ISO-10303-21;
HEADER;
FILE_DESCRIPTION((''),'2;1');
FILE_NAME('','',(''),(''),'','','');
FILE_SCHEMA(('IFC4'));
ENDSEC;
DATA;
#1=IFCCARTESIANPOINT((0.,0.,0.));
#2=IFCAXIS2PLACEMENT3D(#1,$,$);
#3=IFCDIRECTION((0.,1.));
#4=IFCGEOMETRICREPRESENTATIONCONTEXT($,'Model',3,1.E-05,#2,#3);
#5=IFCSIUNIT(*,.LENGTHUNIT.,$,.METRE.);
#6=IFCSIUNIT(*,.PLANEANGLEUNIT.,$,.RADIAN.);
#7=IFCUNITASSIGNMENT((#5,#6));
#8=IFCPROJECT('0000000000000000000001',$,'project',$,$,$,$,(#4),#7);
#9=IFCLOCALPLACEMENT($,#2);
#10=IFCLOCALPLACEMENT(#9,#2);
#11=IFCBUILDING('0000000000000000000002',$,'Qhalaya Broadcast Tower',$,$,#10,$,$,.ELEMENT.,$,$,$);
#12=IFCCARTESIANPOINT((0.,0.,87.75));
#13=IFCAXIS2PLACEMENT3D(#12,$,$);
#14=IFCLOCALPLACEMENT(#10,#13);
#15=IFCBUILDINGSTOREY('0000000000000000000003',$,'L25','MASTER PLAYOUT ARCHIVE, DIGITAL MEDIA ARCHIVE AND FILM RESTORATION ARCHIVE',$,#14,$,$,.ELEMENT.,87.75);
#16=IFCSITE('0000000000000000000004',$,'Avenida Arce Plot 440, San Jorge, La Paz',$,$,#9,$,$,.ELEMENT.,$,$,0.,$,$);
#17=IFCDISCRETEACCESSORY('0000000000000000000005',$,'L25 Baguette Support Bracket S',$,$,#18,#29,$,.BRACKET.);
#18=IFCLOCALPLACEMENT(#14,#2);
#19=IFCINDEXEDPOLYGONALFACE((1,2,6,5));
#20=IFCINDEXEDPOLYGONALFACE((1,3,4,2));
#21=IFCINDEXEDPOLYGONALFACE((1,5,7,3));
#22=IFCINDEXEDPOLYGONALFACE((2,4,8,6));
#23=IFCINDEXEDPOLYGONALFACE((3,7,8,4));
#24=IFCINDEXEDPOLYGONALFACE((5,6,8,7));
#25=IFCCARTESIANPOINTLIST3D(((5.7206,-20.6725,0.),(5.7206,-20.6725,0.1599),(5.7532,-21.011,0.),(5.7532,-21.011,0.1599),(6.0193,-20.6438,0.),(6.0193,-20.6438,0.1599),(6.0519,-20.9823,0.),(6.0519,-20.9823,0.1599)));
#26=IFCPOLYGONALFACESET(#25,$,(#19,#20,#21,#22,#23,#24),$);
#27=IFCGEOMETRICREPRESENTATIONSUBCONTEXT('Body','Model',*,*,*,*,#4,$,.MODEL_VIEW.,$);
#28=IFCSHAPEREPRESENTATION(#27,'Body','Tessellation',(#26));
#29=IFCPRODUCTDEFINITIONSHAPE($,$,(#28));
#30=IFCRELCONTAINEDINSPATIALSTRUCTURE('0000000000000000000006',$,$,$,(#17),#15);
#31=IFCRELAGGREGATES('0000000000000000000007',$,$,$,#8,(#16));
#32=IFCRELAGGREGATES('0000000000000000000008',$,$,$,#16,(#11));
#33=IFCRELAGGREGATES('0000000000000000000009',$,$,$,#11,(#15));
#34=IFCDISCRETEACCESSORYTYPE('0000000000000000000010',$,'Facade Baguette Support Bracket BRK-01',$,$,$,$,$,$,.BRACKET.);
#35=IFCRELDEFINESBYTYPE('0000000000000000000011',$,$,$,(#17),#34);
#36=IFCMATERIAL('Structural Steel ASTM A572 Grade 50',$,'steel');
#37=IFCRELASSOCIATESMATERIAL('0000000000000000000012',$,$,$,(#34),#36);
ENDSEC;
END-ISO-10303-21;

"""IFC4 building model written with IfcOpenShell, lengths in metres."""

from ifc_helpers import new_model, si_unit, direction, frame, origin, origin_2d, place, context, subcontext, project, spatial, rectangle, extrude, material, type_object, element, save


model = new_model("IFC4")

# Units and contexts
model_context = context("Model", 3, precision=1e-05, world=origin(), true_north=direction((0.0, 1.0)))
body_context = subcontext(model_context, "Body", "Model", "MODEL_VIEW")
ifc_project = project(units=[si_unit("LENGTHUNIT", "METRE"), si_unit("PLANEANGLEUNIT", "RADIAN")], contexts=[model_context])

# Site, building, storey
site_placement = place(None, origin())
site = spatial("IfcSite", under=ifc_project, at=site_placement, Name="Avenida Arce Plot 440, San Jorge, La Paz", CompositionType="ELEMENT", RefElevation=0.0)
building_placement = place(site_placement, origin())
building = spatial("IfcBuilding", under=site, at=building_placement, Name="Qhalaya Broadcast Tower", CompositionType="ELEMENT")
storey_placement = place(building_placement, frame((0.0, 0.0, 87.75)))
storey = spatial("IfcBuildingStorey", under=building, at=storey_placement, Name="L25", Description="MASTER PLAYOUT ARCHIVE, DIGITAL MEDIA ARCHIVE AND FILM RESTORATION ARCHIVE", CompositionType="ELEMENT", Elevation=87.75)

# Shared definitions
ifc_material_1 = material(Name="Structural Steel ASTM A572 Grade 50", Category="steel")

# Discrete accessory
discrete_accessory_type = type_object("IfcDiscreteAccessoryType", Name="Facade Baguette Support Bracket BRK-01", PredefinedType="BRACKET", material=ifc_material_1)
discrete_accessory_placement = place(storey_placement, frame((5.8862, -20.8274, 0.0), z_axis=(0.0, 0.0, 1.0), x_axis=(0.995396, 0.095846, 0.0)))
element("IfcDiscreteAccessory", 1, at=discrete_accessory_placement, inside=storey, type_object=discrete_accessory_type, Name="L25 Baguette Support Bracket S", PredefinedType="BRACKET", context=body_context, shape_type="SweptSolid", body=[
    extrude(rectangle(XDim=0.3, YDim=0.3401, at=origin_2d()), origin(), (0.0, 0.0, 1.0), 0.1599),
])

save(model, "model.ifc")
